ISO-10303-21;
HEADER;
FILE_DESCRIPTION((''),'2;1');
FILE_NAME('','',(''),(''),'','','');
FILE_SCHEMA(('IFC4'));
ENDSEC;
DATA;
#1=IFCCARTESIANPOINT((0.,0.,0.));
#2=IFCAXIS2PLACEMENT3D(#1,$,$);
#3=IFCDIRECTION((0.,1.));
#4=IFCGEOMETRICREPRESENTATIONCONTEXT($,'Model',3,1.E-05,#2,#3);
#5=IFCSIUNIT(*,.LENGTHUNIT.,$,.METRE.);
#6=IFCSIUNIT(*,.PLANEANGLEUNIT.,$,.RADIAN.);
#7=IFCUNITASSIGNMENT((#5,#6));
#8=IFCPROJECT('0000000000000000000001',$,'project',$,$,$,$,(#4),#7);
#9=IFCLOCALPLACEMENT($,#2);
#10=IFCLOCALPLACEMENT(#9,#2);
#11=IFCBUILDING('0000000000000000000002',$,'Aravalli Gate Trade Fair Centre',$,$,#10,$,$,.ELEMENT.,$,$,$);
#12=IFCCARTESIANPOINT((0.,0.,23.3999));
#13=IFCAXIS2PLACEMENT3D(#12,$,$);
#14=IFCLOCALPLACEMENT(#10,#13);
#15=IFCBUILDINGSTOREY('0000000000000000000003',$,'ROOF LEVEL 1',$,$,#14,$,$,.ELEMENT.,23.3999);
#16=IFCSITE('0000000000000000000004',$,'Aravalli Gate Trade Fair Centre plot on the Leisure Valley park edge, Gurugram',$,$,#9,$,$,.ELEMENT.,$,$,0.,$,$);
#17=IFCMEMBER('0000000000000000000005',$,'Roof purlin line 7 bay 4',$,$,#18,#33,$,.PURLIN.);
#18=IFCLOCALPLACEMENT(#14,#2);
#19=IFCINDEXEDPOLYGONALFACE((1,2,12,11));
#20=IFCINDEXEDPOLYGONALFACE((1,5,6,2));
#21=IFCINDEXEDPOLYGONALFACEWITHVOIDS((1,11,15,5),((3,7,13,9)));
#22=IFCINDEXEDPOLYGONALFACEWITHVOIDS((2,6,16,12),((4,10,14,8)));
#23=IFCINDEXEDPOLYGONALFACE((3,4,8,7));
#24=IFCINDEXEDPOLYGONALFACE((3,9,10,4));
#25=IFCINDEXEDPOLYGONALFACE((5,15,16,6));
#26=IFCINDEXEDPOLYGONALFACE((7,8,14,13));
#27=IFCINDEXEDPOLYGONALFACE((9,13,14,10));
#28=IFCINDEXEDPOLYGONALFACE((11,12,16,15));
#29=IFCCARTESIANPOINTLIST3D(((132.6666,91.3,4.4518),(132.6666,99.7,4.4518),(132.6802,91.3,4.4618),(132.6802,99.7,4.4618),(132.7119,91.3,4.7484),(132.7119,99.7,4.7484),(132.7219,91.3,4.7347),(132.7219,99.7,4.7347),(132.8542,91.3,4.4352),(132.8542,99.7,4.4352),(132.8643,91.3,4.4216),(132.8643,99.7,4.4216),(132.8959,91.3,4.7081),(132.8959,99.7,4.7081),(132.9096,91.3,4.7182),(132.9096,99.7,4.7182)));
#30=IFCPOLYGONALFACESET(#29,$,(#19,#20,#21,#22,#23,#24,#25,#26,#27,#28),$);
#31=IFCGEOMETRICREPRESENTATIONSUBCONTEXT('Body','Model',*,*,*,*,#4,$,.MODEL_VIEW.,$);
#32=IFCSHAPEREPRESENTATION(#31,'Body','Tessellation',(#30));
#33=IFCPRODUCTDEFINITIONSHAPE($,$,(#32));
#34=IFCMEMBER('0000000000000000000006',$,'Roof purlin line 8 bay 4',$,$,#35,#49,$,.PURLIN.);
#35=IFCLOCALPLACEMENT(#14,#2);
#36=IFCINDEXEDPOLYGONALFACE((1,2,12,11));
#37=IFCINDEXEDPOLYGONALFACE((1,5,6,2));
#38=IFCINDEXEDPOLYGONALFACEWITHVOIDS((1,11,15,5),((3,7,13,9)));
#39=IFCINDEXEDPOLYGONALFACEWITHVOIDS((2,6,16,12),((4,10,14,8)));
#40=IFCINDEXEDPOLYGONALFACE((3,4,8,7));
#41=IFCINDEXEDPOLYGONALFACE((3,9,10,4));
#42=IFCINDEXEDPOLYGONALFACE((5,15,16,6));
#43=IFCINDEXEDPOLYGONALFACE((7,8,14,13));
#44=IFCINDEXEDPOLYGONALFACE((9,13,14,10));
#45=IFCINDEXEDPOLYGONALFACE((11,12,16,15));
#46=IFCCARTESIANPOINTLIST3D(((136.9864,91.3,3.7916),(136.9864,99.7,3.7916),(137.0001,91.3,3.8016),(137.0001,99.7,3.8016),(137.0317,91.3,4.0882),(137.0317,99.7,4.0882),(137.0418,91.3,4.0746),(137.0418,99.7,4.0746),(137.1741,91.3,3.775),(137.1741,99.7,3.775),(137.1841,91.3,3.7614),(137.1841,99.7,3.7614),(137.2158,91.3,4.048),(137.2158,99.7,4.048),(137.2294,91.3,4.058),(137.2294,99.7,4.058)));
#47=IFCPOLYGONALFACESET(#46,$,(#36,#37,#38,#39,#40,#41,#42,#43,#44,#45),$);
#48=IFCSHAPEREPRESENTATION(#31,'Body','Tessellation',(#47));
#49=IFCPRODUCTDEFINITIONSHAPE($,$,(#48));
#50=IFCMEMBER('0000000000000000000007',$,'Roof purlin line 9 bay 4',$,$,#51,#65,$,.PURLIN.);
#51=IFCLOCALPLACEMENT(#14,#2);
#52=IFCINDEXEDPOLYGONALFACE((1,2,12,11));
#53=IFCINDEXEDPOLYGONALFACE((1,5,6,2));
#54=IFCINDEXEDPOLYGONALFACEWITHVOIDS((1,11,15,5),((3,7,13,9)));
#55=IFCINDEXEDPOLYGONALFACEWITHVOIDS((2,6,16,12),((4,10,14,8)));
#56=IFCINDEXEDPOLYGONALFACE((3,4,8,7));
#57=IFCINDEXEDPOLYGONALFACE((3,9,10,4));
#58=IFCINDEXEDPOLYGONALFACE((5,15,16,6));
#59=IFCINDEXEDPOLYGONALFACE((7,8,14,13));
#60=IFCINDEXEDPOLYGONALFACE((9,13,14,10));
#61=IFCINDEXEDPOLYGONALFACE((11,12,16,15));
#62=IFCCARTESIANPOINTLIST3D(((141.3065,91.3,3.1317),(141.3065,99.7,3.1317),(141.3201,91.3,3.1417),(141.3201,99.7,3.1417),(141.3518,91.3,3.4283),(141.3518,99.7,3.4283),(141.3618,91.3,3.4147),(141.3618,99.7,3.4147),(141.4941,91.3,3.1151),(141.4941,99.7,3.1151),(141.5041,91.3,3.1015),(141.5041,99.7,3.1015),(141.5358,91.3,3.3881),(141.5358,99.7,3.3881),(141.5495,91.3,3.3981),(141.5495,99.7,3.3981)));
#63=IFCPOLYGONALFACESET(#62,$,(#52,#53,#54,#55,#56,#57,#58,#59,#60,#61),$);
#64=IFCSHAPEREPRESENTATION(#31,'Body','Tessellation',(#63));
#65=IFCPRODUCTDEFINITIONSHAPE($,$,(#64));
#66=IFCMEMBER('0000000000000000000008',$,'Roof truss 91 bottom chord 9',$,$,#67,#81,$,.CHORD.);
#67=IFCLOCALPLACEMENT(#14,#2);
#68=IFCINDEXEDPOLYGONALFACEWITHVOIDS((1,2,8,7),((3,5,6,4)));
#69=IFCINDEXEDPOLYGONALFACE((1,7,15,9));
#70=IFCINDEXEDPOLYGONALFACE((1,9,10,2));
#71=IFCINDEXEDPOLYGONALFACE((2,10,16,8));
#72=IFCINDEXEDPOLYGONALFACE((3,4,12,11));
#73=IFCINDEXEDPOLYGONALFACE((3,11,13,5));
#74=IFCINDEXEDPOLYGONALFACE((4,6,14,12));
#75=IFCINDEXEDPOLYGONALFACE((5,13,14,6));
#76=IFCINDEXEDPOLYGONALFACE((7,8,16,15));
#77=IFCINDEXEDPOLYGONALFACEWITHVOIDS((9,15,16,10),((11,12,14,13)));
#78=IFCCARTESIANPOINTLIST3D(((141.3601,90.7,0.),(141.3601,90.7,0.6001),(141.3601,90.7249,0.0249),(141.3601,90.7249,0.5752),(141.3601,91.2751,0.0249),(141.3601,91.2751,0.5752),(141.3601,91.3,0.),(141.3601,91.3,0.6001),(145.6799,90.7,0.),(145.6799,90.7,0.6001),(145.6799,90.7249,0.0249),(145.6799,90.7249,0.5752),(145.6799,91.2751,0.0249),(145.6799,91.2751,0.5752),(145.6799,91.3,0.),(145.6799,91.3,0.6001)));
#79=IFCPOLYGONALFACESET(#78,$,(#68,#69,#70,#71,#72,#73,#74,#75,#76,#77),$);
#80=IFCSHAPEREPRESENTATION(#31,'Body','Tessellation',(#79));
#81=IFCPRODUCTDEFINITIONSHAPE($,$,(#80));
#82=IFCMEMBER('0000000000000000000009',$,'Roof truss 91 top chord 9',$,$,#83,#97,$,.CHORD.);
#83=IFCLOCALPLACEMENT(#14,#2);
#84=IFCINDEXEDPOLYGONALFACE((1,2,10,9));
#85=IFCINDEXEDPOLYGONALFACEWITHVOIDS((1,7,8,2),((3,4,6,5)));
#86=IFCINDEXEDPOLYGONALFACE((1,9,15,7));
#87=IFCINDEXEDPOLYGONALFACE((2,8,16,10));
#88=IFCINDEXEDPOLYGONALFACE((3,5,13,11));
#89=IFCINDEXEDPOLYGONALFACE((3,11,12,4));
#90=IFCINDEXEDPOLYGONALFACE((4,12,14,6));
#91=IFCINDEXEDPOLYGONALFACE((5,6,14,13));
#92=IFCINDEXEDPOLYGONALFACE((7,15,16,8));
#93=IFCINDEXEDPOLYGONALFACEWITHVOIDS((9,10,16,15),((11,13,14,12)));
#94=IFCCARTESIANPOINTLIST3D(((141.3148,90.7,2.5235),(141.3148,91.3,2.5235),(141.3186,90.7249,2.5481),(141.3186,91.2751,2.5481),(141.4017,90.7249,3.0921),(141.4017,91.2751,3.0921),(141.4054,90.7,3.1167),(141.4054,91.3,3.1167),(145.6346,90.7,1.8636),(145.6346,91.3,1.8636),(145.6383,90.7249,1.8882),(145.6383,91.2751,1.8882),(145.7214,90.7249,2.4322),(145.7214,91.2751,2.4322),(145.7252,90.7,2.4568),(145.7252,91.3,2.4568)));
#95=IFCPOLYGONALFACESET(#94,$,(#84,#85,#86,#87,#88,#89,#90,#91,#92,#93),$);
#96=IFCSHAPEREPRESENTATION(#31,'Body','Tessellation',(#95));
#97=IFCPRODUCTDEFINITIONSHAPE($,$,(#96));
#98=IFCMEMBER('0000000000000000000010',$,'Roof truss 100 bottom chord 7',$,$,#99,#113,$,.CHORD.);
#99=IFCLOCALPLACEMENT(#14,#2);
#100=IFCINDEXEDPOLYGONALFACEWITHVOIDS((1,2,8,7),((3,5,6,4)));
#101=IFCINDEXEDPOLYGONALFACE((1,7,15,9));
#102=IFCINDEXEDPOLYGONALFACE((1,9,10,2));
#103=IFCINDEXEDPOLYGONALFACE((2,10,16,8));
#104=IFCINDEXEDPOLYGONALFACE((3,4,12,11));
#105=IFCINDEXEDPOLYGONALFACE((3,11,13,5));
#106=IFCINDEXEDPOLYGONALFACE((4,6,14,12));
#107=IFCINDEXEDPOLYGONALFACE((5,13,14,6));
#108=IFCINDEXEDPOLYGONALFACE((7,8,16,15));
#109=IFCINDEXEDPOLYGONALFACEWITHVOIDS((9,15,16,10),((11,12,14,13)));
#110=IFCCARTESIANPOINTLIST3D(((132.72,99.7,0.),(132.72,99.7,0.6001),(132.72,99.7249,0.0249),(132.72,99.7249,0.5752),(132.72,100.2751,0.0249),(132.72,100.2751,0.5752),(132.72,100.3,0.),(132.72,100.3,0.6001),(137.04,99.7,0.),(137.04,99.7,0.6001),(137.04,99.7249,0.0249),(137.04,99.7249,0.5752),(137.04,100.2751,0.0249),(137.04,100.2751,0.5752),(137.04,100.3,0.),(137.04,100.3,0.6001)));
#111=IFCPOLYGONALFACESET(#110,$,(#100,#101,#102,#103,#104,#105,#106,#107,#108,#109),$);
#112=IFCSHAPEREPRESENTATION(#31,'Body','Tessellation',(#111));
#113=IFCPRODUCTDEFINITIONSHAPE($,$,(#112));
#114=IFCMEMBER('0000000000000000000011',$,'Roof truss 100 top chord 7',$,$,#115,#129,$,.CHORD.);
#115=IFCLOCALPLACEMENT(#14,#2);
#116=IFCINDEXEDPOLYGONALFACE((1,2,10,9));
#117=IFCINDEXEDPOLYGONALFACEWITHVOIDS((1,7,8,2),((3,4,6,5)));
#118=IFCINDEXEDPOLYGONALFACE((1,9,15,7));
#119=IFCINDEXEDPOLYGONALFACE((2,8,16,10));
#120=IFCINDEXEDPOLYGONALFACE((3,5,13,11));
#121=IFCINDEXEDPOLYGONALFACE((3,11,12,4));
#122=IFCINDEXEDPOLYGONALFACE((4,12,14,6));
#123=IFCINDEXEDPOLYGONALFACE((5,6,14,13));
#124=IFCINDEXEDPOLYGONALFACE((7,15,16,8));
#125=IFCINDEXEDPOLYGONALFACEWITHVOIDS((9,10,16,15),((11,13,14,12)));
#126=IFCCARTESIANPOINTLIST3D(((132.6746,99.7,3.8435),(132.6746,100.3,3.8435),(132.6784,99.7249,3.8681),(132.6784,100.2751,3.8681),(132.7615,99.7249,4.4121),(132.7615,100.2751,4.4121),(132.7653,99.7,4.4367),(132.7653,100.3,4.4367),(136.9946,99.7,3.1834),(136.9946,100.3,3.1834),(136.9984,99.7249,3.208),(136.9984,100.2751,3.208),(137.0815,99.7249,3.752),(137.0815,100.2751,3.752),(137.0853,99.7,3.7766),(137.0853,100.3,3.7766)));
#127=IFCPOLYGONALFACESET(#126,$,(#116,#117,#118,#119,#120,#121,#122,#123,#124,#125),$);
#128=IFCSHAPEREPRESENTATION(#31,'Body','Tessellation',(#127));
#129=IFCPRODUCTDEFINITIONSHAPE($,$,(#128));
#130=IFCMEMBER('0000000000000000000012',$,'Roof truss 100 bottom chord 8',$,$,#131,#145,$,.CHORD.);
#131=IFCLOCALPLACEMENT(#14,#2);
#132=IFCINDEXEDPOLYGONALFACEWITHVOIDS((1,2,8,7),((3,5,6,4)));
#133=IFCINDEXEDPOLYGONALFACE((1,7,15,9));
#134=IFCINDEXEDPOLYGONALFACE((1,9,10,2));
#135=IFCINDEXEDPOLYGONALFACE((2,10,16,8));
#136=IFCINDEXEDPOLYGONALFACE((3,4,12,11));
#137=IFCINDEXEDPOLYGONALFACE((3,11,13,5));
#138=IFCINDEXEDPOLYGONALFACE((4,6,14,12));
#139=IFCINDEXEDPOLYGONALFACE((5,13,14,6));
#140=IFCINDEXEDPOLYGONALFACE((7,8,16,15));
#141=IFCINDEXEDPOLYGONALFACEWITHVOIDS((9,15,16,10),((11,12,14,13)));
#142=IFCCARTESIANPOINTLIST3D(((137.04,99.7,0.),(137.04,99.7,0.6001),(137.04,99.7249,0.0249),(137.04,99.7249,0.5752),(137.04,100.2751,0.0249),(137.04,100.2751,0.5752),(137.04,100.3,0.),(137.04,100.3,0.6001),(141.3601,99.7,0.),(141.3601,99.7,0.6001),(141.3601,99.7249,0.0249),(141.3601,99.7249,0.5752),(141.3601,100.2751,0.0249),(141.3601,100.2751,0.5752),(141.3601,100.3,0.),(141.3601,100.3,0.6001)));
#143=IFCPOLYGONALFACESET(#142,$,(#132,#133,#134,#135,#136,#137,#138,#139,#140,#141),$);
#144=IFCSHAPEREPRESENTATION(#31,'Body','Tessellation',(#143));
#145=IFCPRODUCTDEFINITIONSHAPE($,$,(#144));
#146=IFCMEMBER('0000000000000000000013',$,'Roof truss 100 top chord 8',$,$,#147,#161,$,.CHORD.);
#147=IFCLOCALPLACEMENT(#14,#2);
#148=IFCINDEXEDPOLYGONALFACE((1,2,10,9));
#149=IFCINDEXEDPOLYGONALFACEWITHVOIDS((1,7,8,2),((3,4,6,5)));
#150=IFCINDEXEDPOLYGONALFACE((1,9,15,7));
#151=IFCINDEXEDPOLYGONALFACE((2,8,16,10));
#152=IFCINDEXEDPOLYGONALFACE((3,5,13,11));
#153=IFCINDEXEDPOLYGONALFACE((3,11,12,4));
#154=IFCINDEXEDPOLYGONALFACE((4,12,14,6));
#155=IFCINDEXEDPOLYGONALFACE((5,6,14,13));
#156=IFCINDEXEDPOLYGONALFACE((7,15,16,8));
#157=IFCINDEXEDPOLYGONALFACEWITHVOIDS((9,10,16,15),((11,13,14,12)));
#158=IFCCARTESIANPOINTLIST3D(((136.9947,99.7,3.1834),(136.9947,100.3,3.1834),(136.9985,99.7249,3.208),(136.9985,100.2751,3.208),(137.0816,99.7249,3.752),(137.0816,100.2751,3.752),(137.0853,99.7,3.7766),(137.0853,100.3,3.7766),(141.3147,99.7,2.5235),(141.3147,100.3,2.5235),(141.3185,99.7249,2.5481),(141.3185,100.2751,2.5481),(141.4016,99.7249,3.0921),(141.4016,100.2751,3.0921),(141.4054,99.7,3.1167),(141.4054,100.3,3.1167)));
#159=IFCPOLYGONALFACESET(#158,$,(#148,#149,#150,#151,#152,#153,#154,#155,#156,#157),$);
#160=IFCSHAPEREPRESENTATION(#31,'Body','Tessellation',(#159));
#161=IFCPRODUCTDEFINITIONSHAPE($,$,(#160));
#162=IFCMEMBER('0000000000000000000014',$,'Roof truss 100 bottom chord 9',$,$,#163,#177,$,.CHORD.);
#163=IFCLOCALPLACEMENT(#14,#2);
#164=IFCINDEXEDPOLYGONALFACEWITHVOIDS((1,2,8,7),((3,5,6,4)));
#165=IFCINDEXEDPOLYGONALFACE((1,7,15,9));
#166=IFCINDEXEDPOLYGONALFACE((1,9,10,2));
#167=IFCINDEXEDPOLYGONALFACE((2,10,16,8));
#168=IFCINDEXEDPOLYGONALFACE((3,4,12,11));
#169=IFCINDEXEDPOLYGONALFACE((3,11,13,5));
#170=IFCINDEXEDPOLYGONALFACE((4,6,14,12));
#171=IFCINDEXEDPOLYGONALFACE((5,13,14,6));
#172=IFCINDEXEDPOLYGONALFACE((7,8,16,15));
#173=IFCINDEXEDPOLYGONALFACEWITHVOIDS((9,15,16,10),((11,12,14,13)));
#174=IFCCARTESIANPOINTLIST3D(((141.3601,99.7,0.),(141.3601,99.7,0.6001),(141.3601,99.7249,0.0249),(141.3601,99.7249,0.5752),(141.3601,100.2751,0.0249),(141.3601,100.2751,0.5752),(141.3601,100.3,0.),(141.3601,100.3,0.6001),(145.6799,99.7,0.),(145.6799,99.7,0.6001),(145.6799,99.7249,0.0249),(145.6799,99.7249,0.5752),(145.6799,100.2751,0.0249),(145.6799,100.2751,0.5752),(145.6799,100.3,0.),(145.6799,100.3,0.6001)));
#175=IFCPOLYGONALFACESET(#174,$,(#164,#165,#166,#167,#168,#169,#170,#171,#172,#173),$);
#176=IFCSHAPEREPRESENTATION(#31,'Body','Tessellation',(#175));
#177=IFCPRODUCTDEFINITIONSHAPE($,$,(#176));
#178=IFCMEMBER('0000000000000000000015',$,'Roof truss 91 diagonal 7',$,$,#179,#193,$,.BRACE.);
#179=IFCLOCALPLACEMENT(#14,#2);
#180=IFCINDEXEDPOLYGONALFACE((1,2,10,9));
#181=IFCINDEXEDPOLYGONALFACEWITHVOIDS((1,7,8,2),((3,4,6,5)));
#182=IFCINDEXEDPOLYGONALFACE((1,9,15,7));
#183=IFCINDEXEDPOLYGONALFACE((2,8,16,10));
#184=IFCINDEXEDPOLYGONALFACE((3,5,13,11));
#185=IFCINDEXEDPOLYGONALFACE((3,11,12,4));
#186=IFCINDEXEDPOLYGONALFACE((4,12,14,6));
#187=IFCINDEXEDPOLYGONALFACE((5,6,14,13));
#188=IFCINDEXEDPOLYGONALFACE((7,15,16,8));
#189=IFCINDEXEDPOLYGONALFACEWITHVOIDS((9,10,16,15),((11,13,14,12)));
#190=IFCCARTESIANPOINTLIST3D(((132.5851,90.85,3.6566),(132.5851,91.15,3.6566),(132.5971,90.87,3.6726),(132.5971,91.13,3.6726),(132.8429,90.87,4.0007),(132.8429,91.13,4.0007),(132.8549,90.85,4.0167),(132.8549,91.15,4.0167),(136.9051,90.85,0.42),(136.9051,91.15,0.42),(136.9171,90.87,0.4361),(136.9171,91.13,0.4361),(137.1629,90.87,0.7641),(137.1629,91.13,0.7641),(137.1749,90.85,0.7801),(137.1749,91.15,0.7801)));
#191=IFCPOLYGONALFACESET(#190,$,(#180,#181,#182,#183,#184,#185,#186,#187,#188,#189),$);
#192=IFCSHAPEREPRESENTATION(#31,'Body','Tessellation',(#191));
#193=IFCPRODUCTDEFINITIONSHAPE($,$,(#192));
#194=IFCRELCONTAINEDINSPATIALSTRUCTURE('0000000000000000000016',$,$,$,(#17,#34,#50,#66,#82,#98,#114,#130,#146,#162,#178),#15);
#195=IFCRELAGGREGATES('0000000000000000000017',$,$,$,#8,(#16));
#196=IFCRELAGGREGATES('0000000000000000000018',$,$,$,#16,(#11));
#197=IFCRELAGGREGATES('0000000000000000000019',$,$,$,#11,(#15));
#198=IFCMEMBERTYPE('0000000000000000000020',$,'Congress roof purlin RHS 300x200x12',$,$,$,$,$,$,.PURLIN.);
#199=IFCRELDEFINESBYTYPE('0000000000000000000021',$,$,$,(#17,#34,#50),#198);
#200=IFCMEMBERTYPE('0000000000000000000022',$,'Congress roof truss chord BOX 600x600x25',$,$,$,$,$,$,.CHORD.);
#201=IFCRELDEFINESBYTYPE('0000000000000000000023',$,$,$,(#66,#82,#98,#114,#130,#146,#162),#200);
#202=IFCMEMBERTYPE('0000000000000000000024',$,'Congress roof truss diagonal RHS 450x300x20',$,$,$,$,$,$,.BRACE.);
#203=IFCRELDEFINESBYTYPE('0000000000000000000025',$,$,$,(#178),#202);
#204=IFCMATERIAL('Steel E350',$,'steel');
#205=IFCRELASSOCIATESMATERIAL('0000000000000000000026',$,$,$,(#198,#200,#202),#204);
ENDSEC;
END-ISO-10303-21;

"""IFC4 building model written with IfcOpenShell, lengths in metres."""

from ifc_helpers import new_model, si_unit, direction, frame, origin, origin_2d, place, context, subcontext, project, spatial, hollow_rectangle, extrude, material, material_profile, profile_set, type_object, element, save


model = new_model("IFC4")

# Units and contexts
model_context = context("Model", 3, precision=1e-05, world=origin(), true_north=direction((0.0, 1.0)))
body_context = subcontext(model_context, "Body", "Model", "MODEL_VIEW")
ifc_project = project(units=[si_unit("LENGTHUNIT", "METRE"), si_unit("PLANEANGLEUNIT", "RADIAN")], contexts=[model_context])

# Site, building, storey
site_placement = place(None, origin())
site = spatial("IfcSite", under=ifc_project, at=site_placement, Name="Aravalli Gate Trade Fair Centre plot on the Leisure Valley park edge, Gurugram", CompositionType="ELEMENT", RefElevation=0.0)
building_placement = place(site_placement, origin())
building = spatial("IfcBuilding", under=site, at=building_placement, Name="Aravalli Gate Trade Fair Centre", CompositionType="ELEMENT")
storey_placement = place(building_placement, frame((0.0, 0.0, 23.3999)))
storey = spatial("IfcBuildingStorey", under=building, at=storey_placement, Name="ROOF LEVEL 1", CompositionType="ELEMENT", Elevation=23.3999)

# Members
ifc_material_1 = material(Name="Steel E350", Category="steel")
ifc_material_profile_1 = material_profile(ifc_material_1, hollow_rectangle(XDim=0.2, YDim=0.3, WallThickness=0.012, at=origin_2d()), Name="RHS 300x200x12")
ifc_profile_set_1 = profile_set([ifc_material_profile_1], Name="Steel E350")
member_type_1 = type_object("IfcMemberType", Name="Congress roof purlin RHS 300x200x12", PredefinedType="PURLIN", material=ifc_profile_set_1)
for number, where, z_axis, x_axis, name in (
    (1, (132.7881, 91.3, 4.585), (0.0, 1.0, 0.0), (-0.98853, 0.0, 0.151026), "Roof purlin line 7 bay 4"),
    (2, (137.1079, 91.3, 3.9248), (0.0, 1.0, 0.0), (-0.98853, 0.0, 0.151026), "Roof purlin line 8 bay 4"),
    (3, (141.428, 91.3, 3.2649), (0.0, 1.0, 0.0), (-0.98853, 0.0, 0.151026), "Roof purlin line 9 bay 4"),
):
    element("IfcMember", number, at=place(storey_placement, frame(where, z_axis=z_axis, x_axis=x_axis)), inside=storey, type_object=member_type_1, Name=name, PredefinedType="PURLIN", context=body_context, shape_type="SweptSolid", body=[
        extrude(hollow_rectangle(XDim=0.2, YDim=0.3, WallThickness=0.012, at=origin_2d()), origin(), (0.0, 0.0, 1.0), 8.3999),
    ])
ifc_material_profile_2 = material_profile(ifc_material_1, hollow_rectangle(XDim=0.6001, YDim=0.6001, WallThickness=0.0249, at=origin_2d()), Name="BOX 600x600x25")
ifc_profile_set_2 = profile_set([ifc_material_profile_2], Name="Steel E350")
member_type_2 = type_object("IfcMemberType", Name="Congress roof truss chord BOX 600x600x25", PredefinedType="CHORD", material=ifc_profile_set_2)
member_1_placement = place(storey_placement, frame((141.3601, 91.0, 0.3), z_axis=(1.0, 0.0, 0.0), x_axis=(0.0, 1.0, 0.0)))
element("IfcMember", 4, at=member_1_placement, inside=storey, type_object=member_type_2, Name="Roof truss 91 bottom chord 9", PredefinedType="CHORD", context=body_context, shape_type="SweptSolid", body=[
    extrude(hollow_rectangle(XDim=0.6001, YDim=0.6001, WallThickness=0.0249, at=origin_2d()), origin(), (0.0, 0.0, 1.0), 4.3198),
])
member_2_placement = place(storey_placement, frame((141.3601, 91.0, 2.8201), z_axis=(0.988532, 0.0, -0.151012), x_axis=(0.0, 1.0, 0.0)))
element("IfcMember", 5, at=member_2_placement, inside=storey, type_object=member_type_2, Name="Roof truss 91 top chord 9", PredefinedType="CHORD", context=body_context, shape_type="SweptSolid", body=[
    extrude(hollow_rectangle(XDim=0.6001, YDim=0.6001, WallThickness=0.0249, at=origin_2d()), origin(), (0.0, 0.0, 1.0), 4.3699),
])
member_3_placement = place(storey_placement, frame((132.72, 100.0, 0.3), z_axis=(1.0, 0.0, 0.0), x_axis=(0.0, 1.0, 0.0)))
element("IfcMember", 6, at=member_3_placement, inside=storey, type_object=member_type_2, Name="Roof truss 100 bottom chord 7", PredefinedType="CHORD", context=body_context, shape_type="SweptSolid", body=[
    extrude(hollow_rectangle(XDim=0.6001, YDim=0.6001, WallThickness=0.0249, at=origin_2d()), origin(), (0.0, 0.0, 1.0), 4.3201),
])
member_4_placement = place(storey_placement, frame((132.72, 100.0, 4.1401), z_axis=(0.988525, 0.0, -0.151058), x_axis=(0.0, 1.0, 0.0)))
element("IfcMember", 7, at=member_4_placement, inside=storey, type_object=member_type_2, Name="Roof truss 100 top chord 7", PredefinedType="CHORD", context=body_context, shape_type="SweptSolid", body=[
    extrude(hollow_rectangle(XDim=0.6001, YDim=0.6001, WallThickness=0.0249, at=origin_2d()), origin(), (0.0, 0.0, 1.0), 4.3701),
])
member_5_placement = place(storey_placement, frame((137.04, 100.0, 0.3), z_axis=(1.0, 0.0, 0.0), x_axis=(0.0, 1.0, 0.0)))
element("IfcMember", 8, at=member_5_placement, inside=storey, type_object=member_type_2, Name="Roof truss 100 bottom chord 8", PredefinedType="CHORD", context=body_context, shape_type="SweptSolid", body=[
    extrude(hollow_rectangle(XDim=0.6001, YDim=0.6001, WallThickness=0.0249, at=origin_2d()), origin(), (0.0, 0.0, 1.0), 4.3201),
])
member_6_placement = place(storey_placement, frame((137.04, 100.0, 3.48), z_axis=(0.988533, 0.0, -0.151003), x_axis=(0.0, 1.0, 0.0)))
element("IfcMember", 9, at=member_6_placement, inside=storey, type_object=member_type_2, Name="Roof truss 100 top chord 8", PredefinedType="CHORD", context=body_context, shape_type="SweptSolid", body=[
    extrude(hollow_rectangle(XDim=0.6001, YDim=0.6001, WallThickness=0.0249, at=origin_2d()), origin(), (0.0, 0.0, 1.0), 4.3701),
])
member_7_placement = place(storey_placement, frame((141.3601, 100.0, 0.3), z_axis=(1.0, 0.0, 0.0), x_axis=(0.0, 1.0, 0.0)))
element("IfcMember", 10, at=member_7_placement, inside=storey, type_object=member_type_2, Name="Roof truss 100 bottom chord 9", PredefinedType="CHORD", context=body_context, shape_type="SweptSolid", body=[
    extrude(hollow_rectangle(XDim=0.6001, YDim=0.6001, WallThickness=0.0249, at=origin_2d()), origin(), (0.0, 0.0, 1.0), 4.3198),
])
ifc_material_profile_3 = material_profile(ifc_material_1, hollow_rectangle(XDim=0.3, YDim=0.45, WallThickness=0.02, at=origin_2d()), Name="RHS 450x300x20")
ifc_profile_set_3 = profile_set([ifc_material_profile_3], Name="Steel E350")
member_type_3 = type_object("IfcMemberType", Name="Congress roof truss diagonal RHS 450x300x20", PredefinedType="BRACE", material=ifc_profile_set_3)
member_8_placement = place(storey_placement, frame((137.04, 91.0, 0.6001), z_axis=(-0.800309, 0.0, 0.599587), x_axis=(0.0, -1.0, 0.0)))
element("IfcMember", 11, at=member_8_placement, inside=storey, type_object=member_type_3, Name="Roof truss 91 diagonal 7", PredefinedType="BRACE", context=body_context, shape_type="SweptSolid", body=[
    extrude(hollow_rectangle(XDim=0.3, YDim=0.45, WallThickness=0.02, at=origin_2d()), origin(), (0.0, 0.0, 1.0), 5.3979),
])

save(model, "model.ifc")
